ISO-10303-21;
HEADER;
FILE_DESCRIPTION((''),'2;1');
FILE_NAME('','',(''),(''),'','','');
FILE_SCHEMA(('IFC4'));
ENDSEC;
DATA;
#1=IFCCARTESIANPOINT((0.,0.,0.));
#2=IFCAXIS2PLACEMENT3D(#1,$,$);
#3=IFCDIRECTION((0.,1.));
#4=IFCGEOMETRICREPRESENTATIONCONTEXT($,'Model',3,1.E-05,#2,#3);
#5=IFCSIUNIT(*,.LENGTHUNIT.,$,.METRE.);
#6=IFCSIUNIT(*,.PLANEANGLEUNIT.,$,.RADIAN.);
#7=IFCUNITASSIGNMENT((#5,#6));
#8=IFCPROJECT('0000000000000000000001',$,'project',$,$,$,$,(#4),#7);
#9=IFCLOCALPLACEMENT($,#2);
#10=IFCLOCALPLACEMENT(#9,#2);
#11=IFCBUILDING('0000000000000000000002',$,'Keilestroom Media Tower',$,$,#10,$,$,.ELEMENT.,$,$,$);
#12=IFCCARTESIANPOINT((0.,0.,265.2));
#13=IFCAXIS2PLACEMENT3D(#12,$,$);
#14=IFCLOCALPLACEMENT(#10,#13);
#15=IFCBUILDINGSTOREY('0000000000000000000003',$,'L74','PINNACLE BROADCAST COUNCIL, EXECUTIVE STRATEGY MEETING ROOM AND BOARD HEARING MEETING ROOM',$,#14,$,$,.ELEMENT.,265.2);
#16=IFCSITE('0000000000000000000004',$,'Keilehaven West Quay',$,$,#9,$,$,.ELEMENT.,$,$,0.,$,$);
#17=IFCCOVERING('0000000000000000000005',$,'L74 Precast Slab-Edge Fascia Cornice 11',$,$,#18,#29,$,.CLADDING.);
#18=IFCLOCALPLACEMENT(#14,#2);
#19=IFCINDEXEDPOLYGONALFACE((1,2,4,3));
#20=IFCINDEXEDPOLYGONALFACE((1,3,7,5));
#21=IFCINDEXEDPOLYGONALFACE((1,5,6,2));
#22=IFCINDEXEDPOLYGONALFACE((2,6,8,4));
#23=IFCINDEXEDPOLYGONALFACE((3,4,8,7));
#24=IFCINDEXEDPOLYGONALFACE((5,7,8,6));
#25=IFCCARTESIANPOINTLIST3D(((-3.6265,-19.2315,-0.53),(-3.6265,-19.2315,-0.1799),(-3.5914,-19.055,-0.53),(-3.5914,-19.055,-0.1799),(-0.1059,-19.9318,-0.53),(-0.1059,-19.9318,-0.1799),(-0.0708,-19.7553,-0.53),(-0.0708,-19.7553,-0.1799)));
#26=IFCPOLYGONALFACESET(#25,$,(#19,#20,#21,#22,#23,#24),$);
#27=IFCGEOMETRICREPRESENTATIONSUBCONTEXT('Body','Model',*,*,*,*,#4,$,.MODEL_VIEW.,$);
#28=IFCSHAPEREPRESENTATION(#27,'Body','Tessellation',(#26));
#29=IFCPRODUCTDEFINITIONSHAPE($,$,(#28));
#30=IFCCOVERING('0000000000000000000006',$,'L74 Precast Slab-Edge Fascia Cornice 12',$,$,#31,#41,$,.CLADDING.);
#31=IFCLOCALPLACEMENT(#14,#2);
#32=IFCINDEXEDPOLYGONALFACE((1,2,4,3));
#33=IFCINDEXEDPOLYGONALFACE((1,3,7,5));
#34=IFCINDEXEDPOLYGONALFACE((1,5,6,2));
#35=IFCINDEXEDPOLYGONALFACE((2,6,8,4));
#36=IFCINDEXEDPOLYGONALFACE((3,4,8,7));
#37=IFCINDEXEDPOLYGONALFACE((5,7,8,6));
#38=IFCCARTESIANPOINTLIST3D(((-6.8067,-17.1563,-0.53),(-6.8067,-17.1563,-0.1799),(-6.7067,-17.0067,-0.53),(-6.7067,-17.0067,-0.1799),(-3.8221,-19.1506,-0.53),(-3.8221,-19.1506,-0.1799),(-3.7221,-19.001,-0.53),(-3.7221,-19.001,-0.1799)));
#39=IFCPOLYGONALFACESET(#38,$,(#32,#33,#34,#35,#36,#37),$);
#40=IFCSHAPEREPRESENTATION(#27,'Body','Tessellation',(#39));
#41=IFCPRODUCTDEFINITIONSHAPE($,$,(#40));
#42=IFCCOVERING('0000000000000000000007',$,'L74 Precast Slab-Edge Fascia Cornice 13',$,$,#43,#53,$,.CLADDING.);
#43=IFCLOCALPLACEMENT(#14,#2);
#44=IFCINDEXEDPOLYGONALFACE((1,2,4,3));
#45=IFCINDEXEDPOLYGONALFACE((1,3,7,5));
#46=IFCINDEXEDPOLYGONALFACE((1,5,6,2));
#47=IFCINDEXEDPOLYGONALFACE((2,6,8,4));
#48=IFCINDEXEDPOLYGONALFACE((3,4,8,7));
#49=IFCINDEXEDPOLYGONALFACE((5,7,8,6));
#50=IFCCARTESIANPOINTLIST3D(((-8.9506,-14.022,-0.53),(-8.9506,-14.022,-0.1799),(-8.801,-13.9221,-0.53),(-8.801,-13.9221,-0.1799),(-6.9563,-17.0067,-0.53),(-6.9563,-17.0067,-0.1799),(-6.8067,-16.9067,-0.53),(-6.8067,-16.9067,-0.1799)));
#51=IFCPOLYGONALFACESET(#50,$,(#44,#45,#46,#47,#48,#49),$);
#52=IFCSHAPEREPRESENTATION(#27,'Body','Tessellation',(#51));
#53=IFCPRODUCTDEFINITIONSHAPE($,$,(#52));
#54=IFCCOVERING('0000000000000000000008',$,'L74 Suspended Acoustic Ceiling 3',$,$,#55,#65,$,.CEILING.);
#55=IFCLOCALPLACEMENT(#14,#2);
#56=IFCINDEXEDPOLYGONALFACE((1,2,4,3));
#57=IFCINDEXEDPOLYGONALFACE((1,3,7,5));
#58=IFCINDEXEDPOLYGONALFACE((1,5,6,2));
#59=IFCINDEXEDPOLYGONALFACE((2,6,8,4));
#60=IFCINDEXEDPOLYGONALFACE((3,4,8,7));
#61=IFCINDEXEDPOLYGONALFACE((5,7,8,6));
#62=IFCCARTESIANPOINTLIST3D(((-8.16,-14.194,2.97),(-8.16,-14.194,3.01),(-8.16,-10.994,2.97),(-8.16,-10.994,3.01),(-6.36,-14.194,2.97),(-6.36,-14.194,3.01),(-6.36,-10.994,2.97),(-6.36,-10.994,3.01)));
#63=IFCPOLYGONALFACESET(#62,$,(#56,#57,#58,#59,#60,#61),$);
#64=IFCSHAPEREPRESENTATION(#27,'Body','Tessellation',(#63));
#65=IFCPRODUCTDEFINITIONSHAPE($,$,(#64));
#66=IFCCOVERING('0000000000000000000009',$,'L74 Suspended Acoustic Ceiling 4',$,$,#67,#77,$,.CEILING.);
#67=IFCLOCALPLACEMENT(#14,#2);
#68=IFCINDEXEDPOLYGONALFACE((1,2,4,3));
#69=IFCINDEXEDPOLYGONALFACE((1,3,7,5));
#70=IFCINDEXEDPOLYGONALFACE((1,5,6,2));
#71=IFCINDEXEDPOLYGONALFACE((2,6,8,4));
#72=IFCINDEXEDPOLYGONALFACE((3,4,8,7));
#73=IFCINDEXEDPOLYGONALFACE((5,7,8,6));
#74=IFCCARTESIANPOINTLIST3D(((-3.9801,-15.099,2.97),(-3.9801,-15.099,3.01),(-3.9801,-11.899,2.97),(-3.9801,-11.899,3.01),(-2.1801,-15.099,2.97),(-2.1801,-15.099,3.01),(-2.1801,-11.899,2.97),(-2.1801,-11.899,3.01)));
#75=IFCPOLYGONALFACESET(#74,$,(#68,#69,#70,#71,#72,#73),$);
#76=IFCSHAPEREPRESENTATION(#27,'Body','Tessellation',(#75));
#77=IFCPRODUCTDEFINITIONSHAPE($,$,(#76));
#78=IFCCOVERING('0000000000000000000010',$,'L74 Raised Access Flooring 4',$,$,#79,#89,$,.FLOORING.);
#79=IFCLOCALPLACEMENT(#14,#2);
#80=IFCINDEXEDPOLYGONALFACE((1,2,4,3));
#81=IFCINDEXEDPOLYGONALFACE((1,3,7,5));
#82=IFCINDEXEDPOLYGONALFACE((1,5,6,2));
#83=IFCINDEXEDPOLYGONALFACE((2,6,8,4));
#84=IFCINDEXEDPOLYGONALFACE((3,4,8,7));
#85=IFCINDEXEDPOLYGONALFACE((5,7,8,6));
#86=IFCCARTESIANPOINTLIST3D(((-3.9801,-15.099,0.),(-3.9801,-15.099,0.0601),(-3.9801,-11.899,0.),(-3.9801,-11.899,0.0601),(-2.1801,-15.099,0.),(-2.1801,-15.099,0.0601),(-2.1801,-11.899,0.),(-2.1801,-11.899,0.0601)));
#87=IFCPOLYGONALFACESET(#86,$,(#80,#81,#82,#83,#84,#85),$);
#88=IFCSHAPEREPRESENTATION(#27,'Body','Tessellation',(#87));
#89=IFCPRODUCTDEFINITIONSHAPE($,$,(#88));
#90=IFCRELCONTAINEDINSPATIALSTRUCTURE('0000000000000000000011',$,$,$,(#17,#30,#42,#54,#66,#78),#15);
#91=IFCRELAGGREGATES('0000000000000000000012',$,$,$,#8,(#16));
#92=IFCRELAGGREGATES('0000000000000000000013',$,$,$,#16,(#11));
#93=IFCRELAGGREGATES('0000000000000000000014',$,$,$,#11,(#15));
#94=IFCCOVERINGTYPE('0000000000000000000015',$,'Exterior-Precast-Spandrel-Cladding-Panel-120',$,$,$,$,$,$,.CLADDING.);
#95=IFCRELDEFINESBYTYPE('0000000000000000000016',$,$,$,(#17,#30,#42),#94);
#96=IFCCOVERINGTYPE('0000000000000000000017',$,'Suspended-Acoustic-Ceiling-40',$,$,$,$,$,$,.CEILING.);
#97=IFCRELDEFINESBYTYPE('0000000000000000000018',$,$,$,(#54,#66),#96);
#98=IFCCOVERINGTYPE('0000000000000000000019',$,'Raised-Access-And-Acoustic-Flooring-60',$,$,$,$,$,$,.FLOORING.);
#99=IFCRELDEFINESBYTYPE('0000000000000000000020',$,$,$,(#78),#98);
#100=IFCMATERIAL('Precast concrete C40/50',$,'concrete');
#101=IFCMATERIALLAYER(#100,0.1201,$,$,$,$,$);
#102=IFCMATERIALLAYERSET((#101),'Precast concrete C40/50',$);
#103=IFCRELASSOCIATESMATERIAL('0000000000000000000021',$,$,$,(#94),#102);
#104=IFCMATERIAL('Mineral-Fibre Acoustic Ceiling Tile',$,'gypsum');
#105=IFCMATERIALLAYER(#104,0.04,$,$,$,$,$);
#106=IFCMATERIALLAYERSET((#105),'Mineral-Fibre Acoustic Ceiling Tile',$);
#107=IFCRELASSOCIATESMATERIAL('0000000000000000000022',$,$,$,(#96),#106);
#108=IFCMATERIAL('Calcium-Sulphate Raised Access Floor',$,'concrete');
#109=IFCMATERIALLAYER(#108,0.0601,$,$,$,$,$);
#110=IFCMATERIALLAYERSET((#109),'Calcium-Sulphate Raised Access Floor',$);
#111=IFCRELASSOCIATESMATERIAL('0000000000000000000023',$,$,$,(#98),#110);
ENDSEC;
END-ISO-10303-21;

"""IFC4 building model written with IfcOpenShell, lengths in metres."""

from ifc_helpers import new_model, si_unit, direction, frame, origin, origin_2d, place, context, subcontext, project, spatial, rectangle, extrude, source, transform, mapped, material, layer, layer_set, type_object, element, save


model = new_model("IFC4")

# Units and contexts
model_context = context("Model", 3, precision=1e-05, world=origin(), true_north=direction((0.0, 1.0)))
body_context = subcontext(model_context, "Body", "Model", "MODEL_VIEW")
ifc_project = project(units=[si_unit("LENGTHUNIT", "METRE"), si_unit("PLANEANGLEUNIT", "RADIAN")], contexts=[model_context])

# Site, building, storey
site_placement = place(None, origin())
site = spatial("IfcSite", under=ifc_project, at=site_placement, Name="Keilehaven West Quay", CompositionType="ELEMENT", RefElevation=0.0)
building_placement = place(site_placement, origin())
building = spatial("IfcBuilding", under=site, at=building_placement, Name="Keilestroom Media Tower", CompositionType="ELEMENT")
storey_placement = place(building_placement, frame((0.0, 0.0, 265.2)))
storey = spatial("IfcBuildingStorey", under=building, at=storey_placement, Name="L74", Description="PINNACLE BROADCAST COUNCIL, EXECUTIVE STRATEGY MEETING ROOM AND BOARD HEARING MEETING ROOM", CompositionType="ELEMENT", Elevation=265.2)

# Shared definitions
ifc_material_1 = material(Name="Precast concrete C40/50", Category="concrete")

# Coverings
ifc_layer_1 = layer(ifc_material_1, 0.1201)
ifc_layer_set_1 = layer_set([ifc_layer_1], Name="Precast concrete C40/50")
covering_type_1 = type_object("IfcCoveringType", Name="Exterior-Precast-Spandrel-Cladding-Panel-120", PredefinedType="CLADDING", material=ifc_layer_set_1)
shared_shape_1 = source(origin(), body_context, "Body", "SweptSolid", [
    extrude(rectangle(XDim=3.5896, YDim=0.1799, at=origin_2d()), origin(), (0.0, 0.0, 1.0), 0.3501),
])
for number, where, z_axis, x_axis, name in (
    (1, (-1.8486, -19.4934, -0.53), (0.0, 0.0, 1.0), (-0.980784, 0.195099, 0.0), "L74 Precast Slab-Edge Fascia Cornice 11"),
    (2, (-5.2644, -18.0786, -0.53), (0.0, 0.0, 1.0), (-0.831467, 0.555575, 0.0), "L74 Precast Slab-Edge Fascia Cornice 12"),
    (3, (-7.8787, -15.4644, -0.53), (0.0, 0.0, 1.0), (-0.555575, 0.831467, 0.0), "L74 Precast Slab-Edge Fascia Cornice 13"),
):
    element("IfcCovering", number, at=place(storey_placement, frame(where, z_axis=z_axis, x_axis=x_axis)), inside=storey, type_object=covering_type_1, Name=name, PredefinedType="CLADDING", context=body_context, shape_type="MappedRepresentation", body=[
        mapped(shared_shape_1, transform((0.0, 0.0, 0.0), x_axis=(1.0, 0.0, 0.0), y_axis=(0.0, 1.0, 0.0), z_axis=(0.0, 0.0, 1.0), scale=1.0)),
    ])
ifc_material_2 = material(Name="Mineral-Fibre Acoustic Ceiling Tile", Category="gypsum")
ifc_layer_2 = layer(ifc_material_2, 0.04)
ifc_layer_set_2 = layer_set([ifc_layer_2], Name="Mineral-Fibre Acoustic Ceiling Tile")
covering_type_2 = type_object("IfcCoveringType", Name="Suspended-Acoustic-Ceiling-40", PredefinedType="CEILING", material=ifc_layer_set_2)
shared_shape_2 = source(origin(), body_context, "Body", "SweptSolid", [
    extrude(rectangle(XDim=1.8, YDim=3.2, at=origin_2d()), origin(), (0.0, 0.0, 1.0), 0.04),
])
for number, where, z_axis, x_axis, name in (
    (4, (-7.26, -12.594, 2.97), (0.0, 0.0, 1.0), (1.0, 0.0, 0.0), "L74 Suspended Acoustic Ceiling 3"),
    (5, (-3.0801, -13.499, 2.97), (0.0, 0.0, 1.0), (1.0, 0.0, 0.0), "L74 Suspended Acoustic Ceiling 4"),
):
    element("IfcCovering", number, at=place(storey_placement, frame(where, z_axis=z_axis, x_axis=x_axis)), inside=storey, type_object=covering_type_2, Name=name, PredefinedType="CEILING", context=body_context, shape_type="MappedRepresentation", body=[
        mapped(shared_shape_2, transform((0.0, 0.0, 0.0), x_axis=(1.0, 0.0, 0.0), y_axis=(0.0, 1.0, 0.0), z_axis=(0.0, 0.0, 1.0), scale=1.0)),
    ])
ifc_material_3 = material(Name="Calcium-Sulphate Raised Access Floor", Category="concrete")
ifc_layer_3 = layer(ifc_material_3, 0.0601)
ifc_layer_set_3 = layer_set([ifc_layer_3], Name="Calcium-Sulphate Raised Access Floor")
covering_type_3 = type_object("IfcCoveringType", Name="Raised-Access-And-Acoustic-Flooring-60", PredefinedType="FLOORING", material=ifc_layer_set_3)
shared_shape_3 = source(origin(), body_context, "Body", "SweptSolid", [
    extrude(rectangle(XDim=1.8, YDim=3.2, at=origin_2d()), origin(), (0.0, 0.0, 1.0), 0.0601),
])
covering_placement = place(storey_placement, frame((-3.0801, -13.499, 0.0), z_axis=(0.0, 0.0, 1.0), x_axis=(1.0, 0.0, 0.0)))
element("IfcCovering", 6, at=covering_placement, inside=storey, type_object=covering_type_3, Name="L74 Raised Access Flooring 4", PredefinedType="FLOORING", context=body_context, shape_type="MappedRepresentation", body=[
    mapped(shared_shape_3, transform((0.0, 0.0, 0.0), x_axis=(1.0, 0.0, 0.0), y_axis=(0.0, 1.0, 0.0), z_axis=(0.0, 0.0, 1.0), scale=1.0)),
])

save(model, "model.ifc")
